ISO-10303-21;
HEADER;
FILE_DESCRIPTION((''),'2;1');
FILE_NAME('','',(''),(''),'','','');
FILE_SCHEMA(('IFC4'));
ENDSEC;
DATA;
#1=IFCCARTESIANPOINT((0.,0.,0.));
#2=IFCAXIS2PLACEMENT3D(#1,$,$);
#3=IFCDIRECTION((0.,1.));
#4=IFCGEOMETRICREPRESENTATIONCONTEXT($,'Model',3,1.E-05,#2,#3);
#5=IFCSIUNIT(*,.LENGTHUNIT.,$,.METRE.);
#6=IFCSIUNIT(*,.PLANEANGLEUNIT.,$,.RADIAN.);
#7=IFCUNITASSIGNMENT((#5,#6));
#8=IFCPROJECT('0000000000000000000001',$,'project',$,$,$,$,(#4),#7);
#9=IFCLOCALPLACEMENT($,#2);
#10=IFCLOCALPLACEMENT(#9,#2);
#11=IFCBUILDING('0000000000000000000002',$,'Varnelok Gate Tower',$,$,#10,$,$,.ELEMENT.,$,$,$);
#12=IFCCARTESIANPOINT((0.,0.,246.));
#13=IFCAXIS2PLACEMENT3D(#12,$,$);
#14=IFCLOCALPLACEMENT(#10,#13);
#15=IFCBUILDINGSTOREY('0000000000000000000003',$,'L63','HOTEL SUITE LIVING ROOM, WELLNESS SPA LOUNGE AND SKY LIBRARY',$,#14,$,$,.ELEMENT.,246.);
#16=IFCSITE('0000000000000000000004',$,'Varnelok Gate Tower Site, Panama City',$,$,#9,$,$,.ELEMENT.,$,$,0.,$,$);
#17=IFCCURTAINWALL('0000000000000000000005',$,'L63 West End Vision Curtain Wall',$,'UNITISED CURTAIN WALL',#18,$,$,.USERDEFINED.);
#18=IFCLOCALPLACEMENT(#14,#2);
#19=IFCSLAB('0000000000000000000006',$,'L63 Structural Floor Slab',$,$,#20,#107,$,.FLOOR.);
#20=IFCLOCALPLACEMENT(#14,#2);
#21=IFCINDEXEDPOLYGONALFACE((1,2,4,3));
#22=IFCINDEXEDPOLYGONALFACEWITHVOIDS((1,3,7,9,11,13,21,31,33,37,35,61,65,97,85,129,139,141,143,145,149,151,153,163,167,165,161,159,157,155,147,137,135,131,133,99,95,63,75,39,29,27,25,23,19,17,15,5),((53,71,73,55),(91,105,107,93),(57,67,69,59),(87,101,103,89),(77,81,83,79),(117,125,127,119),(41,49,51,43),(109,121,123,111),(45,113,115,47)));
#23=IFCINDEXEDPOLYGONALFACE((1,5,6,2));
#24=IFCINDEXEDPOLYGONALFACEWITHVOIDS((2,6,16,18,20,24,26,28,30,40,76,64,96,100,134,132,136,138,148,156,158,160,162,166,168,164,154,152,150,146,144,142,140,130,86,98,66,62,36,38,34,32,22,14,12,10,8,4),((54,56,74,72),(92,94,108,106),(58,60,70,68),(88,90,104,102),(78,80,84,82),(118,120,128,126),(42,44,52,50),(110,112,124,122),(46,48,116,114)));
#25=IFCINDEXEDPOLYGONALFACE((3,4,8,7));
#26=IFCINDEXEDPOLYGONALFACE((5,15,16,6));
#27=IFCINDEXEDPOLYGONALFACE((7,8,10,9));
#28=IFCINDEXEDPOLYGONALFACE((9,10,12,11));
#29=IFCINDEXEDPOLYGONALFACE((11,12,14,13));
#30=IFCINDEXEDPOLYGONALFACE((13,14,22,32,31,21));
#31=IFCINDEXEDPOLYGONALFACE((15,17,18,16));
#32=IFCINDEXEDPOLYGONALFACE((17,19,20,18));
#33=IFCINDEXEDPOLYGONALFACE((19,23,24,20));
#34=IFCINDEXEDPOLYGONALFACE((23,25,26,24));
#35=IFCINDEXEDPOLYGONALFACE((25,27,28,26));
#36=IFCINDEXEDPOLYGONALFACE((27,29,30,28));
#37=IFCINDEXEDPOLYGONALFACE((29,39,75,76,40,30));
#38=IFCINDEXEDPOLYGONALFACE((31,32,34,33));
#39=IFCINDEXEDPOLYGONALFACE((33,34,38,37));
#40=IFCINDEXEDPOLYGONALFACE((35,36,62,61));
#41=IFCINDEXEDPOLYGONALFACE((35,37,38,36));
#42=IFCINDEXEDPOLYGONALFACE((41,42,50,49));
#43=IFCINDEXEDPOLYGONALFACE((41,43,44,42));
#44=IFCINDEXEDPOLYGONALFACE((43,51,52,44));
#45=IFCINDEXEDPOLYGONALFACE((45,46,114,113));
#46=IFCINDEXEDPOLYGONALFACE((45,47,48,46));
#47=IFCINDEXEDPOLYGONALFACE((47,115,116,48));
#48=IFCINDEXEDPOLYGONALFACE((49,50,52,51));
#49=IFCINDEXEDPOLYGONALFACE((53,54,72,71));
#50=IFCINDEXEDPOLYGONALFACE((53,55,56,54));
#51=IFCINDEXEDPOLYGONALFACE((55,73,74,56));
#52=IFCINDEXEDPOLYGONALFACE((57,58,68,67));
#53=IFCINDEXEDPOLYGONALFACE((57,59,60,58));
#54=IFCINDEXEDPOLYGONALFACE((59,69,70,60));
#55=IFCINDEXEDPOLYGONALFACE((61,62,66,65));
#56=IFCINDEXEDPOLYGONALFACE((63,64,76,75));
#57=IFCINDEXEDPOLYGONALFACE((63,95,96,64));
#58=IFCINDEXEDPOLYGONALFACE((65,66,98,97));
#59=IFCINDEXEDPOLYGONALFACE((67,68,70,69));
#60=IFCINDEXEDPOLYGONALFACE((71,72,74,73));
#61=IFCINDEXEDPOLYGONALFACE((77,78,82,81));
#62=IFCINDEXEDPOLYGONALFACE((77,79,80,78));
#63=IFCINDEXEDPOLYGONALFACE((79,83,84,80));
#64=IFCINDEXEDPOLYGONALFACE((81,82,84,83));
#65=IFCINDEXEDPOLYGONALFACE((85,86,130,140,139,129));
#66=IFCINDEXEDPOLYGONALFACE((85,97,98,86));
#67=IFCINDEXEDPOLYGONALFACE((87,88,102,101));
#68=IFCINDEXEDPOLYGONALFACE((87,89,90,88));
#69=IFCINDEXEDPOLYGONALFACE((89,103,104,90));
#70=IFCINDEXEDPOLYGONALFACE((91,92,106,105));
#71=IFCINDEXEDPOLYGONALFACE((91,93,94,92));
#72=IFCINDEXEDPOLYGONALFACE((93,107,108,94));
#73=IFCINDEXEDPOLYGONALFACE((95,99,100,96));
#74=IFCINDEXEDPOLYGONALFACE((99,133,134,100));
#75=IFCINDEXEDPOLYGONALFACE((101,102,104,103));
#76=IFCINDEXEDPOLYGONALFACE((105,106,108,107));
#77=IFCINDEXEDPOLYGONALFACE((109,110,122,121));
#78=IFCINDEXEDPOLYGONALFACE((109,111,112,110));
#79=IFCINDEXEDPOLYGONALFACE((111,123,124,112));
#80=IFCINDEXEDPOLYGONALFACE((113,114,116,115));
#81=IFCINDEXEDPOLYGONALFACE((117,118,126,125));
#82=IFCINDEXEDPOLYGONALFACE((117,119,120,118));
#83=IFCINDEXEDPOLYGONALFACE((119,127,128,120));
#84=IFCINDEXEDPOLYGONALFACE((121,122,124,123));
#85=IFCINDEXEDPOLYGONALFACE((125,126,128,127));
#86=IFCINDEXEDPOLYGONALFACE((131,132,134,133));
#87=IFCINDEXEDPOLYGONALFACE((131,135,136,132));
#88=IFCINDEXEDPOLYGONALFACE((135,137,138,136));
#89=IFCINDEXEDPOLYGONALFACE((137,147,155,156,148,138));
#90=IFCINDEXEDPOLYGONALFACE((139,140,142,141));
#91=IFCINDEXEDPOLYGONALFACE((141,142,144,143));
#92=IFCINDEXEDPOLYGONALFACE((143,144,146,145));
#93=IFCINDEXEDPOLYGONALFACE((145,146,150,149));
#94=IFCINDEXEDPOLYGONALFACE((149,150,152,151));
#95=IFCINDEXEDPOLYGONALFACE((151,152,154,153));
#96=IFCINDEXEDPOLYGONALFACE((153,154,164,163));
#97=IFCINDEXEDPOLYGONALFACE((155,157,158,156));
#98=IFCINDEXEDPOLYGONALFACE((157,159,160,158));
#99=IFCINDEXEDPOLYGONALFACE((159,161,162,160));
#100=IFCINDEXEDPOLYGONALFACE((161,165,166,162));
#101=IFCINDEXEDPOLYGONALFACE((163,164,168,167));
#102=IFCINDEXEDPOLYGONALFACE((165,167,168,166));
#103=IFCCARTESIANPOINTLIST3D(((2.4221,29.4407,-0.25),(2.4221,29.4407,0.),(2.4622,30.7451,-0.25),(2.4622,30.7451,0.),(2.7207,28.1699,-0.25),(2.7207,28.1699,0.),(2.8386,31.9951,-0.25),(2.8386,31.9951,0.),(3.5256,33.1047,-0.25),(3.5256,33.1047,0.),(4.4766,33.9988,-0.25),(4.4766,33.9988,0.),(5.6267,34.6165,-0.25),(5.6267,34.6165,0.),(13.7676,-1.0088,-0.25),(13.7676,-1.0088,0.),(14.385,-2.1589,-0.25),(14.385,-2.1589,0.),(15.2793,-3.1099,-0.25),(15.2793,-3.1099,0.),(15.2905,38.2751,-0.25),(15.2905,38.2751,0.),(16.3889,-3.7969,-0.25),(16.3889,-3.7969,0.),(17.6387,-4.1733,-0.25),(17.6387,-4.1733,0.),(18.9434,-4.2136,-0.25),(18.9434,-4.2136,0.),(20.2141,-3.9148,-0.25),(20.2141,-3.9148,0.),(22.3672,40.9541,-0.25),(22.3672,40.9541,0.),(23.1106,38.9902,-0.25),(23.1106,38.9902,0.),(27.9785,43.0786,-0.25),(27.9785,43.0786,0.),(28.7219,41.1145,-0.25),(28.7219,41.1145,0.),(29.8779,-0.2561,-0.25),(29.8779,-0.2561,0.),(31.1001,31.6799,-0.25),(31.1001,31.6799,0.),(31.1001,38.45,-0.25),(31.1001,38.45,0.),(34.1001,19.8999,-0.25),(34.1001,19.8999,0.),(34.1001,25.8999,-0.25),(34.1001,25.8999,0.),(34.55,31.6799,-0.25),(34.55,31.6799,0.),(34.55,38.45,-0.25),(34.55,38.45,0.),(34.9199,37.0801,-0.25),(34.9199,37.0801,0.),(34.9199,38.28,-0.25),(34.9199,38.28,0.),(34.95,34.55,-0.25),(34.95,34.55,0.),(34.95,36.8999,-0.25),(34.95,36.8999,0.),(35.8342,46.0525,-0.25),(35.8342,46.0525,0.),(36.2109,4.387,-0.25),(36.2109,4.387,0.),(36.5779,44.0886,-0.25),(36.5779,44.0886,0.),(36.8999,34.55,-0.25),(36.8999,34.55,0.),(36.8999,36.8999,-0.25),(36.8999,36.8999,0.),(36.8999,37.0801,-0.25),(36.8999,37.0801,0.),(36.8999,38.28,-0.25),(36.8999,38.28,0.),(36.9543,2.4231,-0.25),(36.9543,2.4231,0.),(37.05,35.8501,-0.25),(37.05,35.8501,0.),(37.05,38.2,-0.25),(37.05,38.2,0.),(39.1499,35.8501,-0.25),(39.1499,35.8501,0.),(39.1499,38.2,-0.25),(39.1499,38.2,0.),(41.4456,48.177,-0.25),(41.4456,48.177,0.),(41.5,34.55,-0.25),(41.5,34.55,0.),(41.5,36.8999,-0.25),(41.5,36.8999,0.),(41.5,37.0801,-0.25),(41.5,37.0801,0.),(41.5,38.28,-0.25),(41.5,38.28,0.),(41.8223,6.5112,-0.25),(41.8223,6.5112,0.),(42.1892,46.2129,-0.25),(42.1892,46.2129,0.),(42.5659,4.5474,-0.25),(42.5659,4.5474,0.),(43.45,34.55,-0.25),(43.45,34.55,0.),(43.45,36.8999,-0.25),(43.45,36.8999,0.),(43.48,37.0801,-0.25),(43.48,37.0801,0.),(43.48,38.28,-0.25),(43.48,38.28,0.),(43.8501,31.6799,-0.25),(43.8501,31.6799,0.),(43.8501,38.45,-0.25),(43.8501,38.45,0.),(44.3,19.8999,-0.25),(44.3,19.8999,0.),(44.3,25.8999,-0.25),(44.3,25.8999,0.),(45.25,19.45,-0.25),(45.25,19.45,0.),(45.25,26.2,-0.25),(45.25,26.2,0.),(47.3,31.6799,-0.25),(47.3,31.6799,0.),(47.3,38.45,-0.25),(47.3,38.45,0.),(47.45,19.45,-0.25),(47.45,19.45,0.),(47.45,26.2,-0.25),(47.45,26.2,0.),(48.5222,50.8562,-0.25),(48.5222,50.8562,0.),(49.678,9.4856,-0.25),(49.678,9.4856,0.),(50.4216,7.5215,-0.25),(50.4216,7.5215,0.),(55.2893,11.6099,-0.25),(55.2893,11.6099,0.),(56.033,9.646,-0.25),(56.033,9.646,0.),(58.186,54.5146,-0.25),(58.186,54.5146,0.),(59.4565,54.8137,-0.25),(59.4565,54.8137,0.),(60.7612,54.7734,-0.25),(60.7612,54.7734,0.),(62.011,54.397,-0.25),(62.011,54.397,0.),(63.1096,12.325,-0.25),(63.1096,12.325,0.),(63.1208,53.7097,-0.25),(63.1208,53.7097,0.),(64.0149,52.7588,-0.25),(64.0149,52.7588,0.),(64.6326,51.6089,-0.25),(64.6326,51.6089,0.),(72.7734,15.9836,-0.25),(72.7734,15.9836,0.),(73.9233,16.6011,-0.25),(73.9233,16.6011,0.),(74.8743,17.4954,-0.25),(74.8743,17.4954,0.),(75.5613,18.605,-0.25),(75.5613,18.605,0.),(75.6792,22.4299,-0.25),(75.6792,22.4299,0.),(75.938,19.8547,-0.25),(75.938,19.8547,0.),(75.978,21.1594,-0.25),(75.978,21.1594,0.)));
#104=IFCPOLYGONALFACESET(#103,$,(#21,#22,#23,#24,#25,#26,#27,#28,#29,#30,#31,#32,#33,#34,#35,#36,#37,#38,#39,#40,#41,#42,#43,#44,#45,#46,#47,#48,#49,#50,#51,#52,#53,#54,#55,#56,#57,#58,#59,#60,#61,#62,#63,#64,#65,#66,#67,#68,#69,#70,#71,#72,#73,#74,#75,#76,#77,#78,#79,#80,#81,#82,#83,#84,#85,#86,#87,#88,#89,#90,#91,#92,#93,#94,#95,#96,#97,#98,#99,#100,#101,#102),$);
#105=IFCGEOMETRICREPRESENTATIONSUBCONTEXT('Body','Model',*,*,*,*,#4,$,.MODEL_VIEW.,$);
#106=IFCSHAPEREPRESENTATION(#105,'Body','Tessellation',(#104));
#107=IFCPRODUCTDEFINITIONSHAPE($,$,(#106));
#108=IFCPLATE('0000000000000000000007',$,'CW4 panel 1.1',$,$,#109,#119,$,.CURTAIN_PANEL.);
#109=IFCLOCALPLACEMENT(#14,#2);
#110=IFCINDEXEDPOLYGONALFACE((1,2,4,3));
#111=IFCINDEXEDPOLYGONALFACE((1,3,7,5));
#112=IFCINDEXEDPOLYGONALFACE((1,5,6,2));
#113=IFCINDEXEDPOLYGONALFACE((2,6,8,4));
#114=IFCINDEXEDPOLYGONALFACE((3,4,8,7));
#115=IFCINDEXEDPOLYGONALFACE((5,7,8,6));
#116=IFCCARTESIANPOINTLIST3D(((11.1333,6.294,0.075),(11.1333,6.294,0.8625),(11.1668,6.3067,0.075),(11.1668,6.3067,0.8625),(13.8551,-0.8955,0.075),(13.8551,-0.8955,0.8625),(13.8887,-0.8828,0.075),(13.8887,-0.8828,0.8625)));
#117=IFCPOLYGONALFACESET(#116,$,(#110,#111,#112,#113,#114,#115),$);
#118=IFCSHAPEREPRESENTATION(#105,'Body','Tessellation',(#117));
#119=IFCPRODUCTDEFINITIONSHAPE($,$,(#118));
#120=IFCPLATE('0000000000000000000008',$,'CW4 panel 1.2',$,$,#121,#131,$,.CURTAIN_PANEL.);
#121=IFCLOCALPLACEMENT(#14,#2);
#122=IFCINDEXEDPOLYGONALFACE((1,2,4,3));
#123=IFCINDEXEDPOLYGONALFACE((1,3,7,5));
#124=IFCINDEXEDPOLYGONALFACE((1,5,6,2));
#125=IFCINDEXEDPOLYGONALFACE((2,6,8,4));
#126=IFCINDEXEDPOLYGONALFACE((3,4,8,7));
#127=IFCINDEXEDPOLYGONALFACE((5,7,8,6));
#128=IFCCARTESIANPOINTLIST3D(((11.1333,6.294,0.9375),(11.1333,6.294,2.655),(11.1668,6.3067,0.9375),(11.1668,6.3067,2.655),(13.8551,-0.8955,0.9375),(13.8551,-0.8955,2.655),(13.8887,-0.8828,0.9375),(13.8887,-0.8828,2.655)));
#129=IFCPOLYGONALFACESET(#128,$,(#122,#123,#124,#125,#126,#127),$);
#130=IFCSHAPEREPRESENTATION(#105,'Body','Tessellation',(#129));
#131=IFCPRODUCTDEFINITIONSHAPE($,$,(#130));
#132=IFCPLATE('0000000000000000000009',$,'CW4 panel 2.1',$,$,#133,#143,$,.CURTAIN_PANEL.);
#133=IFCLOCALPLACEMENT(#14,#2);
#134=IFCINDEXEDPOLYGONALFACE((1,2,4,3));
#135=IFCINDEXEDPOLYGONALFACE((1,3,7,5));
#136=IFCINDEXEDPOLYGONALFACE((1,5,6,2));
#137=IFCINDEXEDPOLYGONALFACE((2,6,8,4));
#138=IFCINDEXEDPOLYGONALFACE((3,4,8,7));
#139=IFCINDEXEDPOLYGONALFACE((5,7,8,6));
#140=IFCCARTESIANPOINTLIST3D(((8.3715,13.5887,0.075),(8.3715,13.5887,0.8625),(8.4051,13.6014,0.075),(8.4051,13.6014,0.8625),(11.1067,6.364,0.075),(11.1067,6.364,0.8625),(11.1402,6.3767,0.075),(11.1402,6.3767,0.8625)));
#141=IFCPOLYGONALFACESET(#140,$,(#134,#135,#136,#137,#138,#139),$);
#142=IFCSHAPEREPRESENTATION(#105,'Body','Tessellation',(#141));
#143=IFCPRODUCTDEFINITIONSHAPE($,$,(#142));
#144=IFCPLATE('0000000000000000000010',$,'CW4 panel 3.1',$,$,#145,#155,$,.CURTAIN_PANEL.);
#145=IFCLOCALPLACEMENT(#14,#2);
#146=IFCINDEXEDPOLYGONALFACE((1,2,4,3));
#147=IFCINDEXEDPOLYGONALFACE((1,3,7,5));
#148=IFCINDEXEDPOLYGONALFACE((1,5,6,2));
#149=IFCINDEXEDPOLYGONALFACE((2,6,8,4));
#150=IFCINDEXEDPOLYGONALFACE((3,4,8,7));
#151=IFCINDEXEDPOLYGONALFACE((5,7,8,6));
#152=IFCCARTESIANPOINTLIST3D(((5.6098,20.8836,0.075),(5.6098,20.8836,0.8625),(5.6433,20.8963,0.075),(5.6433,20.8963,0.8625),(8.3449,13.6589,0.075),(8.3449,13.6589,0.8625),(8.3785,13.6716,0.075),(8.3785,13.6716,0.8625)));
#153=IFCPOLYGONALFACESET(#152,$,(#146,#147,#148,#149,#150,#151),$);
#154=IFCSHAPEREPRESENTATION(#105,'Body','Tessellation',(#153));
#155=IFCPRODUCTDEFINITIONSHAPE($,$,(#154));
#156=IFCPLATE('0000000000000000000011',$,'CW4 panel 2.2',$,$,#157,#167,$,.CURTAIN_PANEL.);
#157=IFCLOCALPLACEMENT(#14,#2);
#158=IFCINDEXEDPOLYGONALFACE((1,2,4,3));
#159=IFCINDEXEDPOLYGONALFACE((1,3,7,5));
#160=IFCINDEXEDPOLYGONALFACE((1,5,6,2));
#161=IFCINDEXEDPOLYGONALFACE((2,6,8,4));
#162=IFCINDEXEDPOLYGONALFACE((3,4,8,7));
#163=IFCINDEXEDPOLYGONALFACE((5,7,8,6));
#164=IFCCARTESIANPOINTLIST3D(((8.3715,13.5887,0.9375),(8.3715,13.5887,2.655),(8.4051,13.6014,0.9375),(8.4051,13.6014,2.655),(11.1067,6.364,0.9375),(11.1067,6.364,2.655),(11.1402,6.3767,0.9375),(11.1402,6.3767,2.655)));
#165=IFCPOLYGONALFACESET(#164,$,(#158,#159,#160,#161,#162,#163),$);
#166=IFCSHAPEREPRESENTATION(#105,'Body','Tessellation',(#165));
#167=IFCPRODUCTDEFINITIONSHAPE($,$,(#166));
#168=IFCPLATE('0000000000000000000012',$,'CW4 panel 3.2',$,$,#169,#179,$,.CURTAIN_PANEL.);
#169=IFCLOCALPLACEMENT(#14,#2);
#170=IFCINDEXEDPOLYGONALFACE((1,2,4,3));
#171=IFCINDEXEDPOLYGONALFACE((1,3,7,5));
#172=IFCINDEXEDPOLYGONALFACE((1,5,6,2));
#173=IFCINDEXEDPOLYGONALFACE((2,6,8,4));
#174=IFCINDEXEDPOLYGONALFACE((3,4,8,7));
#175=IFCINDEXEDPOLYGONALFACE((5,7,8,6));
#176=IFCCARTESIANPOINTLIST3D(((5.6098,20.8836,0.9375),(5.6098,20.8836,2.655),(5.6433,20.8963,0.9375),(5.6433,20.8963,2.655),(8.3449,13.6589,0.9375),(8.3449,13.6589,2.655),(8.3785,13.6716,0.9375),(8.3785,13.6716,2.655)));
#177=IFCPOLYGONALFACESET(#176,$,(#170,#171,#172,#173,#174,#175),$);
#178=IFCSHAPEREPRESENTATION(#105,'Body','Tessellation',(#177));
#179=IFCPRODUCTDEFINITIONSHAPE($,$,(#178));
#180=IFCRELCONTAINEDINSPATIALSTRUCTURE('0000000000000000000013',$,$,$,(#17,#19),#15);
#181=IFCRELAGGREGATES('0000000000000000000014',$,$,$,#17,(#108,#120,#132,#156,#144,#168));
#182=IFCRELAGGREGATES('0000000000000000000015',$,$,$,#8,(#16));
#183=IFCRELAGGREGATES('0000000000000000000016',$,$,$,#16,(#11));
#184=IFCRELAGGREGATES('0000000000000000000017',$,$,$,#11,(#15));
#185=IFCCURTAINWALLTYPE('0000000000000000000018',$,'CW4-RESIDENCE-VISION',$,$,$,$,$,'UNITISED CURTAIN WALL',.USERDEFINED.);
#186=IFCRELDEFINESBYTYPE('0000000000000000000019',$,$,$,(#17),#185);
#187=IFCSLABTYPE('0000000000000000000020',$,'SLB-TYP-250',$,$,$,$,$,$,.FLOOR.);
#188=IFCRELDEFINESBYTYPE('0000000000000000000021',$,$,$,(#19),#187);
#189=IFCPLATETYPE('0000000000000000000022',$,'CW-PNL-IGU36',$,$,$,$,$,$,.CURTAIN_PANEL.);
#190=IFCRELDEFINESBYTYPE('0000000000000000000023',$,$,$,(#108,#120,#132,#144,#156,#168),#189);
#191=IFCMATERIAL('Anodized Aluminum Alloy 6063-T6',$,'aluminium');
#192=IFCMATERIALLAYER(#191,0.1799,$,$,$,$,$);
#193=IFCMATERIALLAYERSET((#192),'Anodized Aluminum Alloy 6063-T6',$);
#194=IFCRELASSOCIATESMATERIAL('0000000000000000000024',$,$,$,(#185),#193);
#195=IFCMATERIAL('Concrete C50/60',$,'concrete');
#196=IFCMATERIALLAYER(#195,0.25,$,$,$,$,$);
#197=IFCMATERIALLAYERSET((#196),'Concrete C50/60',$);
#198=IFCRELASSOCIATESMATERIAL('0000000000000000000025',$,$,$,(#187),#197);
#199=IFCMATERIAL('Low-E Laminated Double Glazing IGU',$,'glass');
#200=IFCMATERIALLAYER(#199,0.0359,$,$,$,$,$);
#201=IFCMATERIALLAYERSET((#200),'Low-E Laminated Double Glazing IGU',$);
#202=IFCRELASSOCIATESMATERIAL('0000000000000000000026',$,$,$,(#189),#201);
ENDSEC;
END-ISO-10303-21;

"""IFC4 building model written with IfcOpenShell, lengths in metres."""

from ifc_helpers import new_model, si_unit, direction, frame, origin, origin_2d, place, context, subcontext, project, spatial, polyline, rectangle, outline, extrude, source, transform, mapped, material, layer, layer_set, type_object, element, aggregate, save


model = new_model("IFC4")

# Units and contexts
model_context = context("Model", 3, precision=1e-05, world=origin(), true_north=direction((0.0, 1.0)))
body_context = subcontext(model_context, "Body", "Model", "MODEL_VIEW")
ifc_project = project(units=[si_unit("LENGTHUNIT", "METRE"), si_unit("PLANEANGLEUNIT", "RADIAN")], contexts=[model_context])

# Site, building, storey
site_placement = place(None, origin())
site = spatial("IfcSite", under=ifc_project, at=site_placement, Name="Varnelok Gate Tower Site, Panama City", CompositionType="ELEMENT", RefElevation=0.0)
building_placement = place(site_placement, origin())
building = spatial("IfcBuilding", under=site, at=building_placement, Name="Varnelok Gate Tower", CompositionType="ELEMENT")
storey_placement = place(building_placement, frame((0.0, 0.0, 246.0)))
storey = spatial("IfcBuildingStorey", under=building, at=storey_placement, Name="L63", Description="HOTEL SUITE LIVING ROOM, WELLNESS SPA LOUNGE AND SKY LIBRARY", CompositionType="ELEMENT", Elevation=246.0)

# Curtain wall
ifc_material_1 = material(Name="Anodized Aluminum Alloy 6063-T6", Category="aluminium")
ifc_layer_1 = layer(ifc_material_1, 0.1799)
ifc_layer_set_1 = layer_set([ifc_layer_1], Name="Anodized Aluminum Alloy 6063-T6")
curtain_wall_type = type_object("IfcCurtainWallType", Name="CW4-RESIDENCE-VISION", ElementType="UNITISED CURTAIN WALL", PredefinedType="USERDEFINED", material=ifc_layer_set_1)
curtain_wall_placement = place(storey_placement, origin())
curtain_wall = element("IfcCurtainWall", 1, at=curtain_wall_placement, inside=storey, type_object=curtain_wall_type, Name="L63 West End Vision Curtain Wall", ObjectType="UNITISED CURTAIN WALL", PredefinedType="USERDEFINED")

# Shared definitions
ifc_material_2 = material(Name="Concrete C50/60", Category="concrete")

# Slab
ifc_layer_2 = layer(ifc_material_2, 0.25)
ifc_layer_set_2 = layer_set([ifc_layer_2], Name="Concrete C50/60")
slab_type_1 = type_object("IfcSlabType", Name="SLB-TYP-250", PredefinedType="FLOOR", material=ifc_layer_set_2)
slab_1_placement = place(storey_placement, frame((0.0, 0.0, -0.25)))
element("IfcSlab", 2, at=slab_1_placement, inside=storey, type_object=slab_type_1, Name="L63 Structural Floor Slab", PredefinedType="FLOOR", context=body_context, shape_type="SweptSolid", body=[
    extrude(outline(polyline([(13.7676, -1.0088), (14.385, -2.1589), (15.2793, -3.1099), (16.3889, -3.7969), (17.6387, -4.1733), (18.9434, -4.2136), (20.2141, -3.9148), (29.8779, -0.2561), (36.9543, 2.4231), (36.2109, 4.387), (41.8223, 6.5112), (42.5659, 4.5474), (50.4216, 7.5215), (49.678, 9.4856), (55.2893, 11.6099), (56.033, 9.646), (63.1096, 12.325), (72.7734, 15.9836), (73.9233, 16.6011), (74.8743, 17.4954), (75.5613, 18.605), (75.938, 19.8547), (75.978, 21.1594), (75.6792, 22.4299), (64.6326, 51.6089), (64.0149, 52.7588), (63.1208, 53.7097), (62.011, 54.397), (60.7612, 54.7734), (59.4565, 54.8137), (58.186, 54.5146), (48.5222, 50.8562), (41.4456, 48.177), (42.1892, 46.2129), (36.5779, 44.0886), (35.8342, 46.0525), (27.9785, 43.0786), (28.7219, 41.1145), (23.1106, 38.9902), (22.3672, 40.9541), (15.2905, 38.2751), (5.6267, 34.6165), (4.4766, 33.9988), (3.5256, 33.1047), (2.8386, 31.9951), (2.4622, 30.7451), (2.4221, 29.4407), (2.7207, 28.1699), (13.7676, -1.0088)]), holes=[polyline([(34.55, 31.6799), (34.55, 38.45), (31.1001, 38.45), (31.1001, 31.6799), (34.55, 31.6799)]), polyline([(47.3, 31.6799), (47.3, 38.45), (43.8501, 38.45), (43.8501, 31.6799), (47.3, 31.6799)]), polyline([(34.95, 34.55), (36.8999, 34.55), (36.8999, 36.8999), (34.95, 36.8999), (34.95, 34.55)]), polyline([(41.5, 34.55), (43.45, 34.55), (43.45, 36.8999), (41.5, 36.8999), (41.5, 34.55)]), polyline([(37.05, 35.8501), (39.1499, 35.8501), (39.1499, 38.2), (37.05, 38.2), (37.05, 35.8501)]), polyline([(45.25, 19.45), (47.45, 19.45), (47.45, 26.2), (45.25, 26.2), (45.25, 19.45)]), polyline([(34.9199, 37.0801), (36.8999, 37.0801), (36.8999, 38.28), (34.9199, 38.28), (34.9199, 37.0801)]), polyline([(41.5, 37.0801), (43.48, 37.0801), (43.48, 38.28), (41.5, 38.28), (41.5, 37.0801)]), polyline([(34.1001, 19.8999), (44.3, 19.8999), (44.3, 25.8999), (34.1001, 25.8999), (34.1001, 19.8999)])]), origin(), (0.0, 0.0, 1.0), 0.25),
])

# Plates
ifc_material_3 = material(Name="Low-E Laminated Double Glazing IGU", Category="glass")
ifc_layer_3 = layer(ifc_material_3, 0.0359)
ifc_layer_set_3 = layer_set([ifc_layer_3], Name="Low-E Laminated Double Glazing IGU")
plate_type = type_object("IfcPlateType", Name="CW-PNL-IGU36", PredefinedType="CURTAIN_PANEL", material=ifc_layer_set_3)
shared_shape_1 = source(origin(), body_context, "Body", "SweptSolid", [
    extrude(rectangle(XDim=7.6875, YDim=0.0359, at=origin_2d()), origin(), (0.0, 0.0, 1.0), 0.7876),
])
plate_1_placement = place(storey_placement, frame((12.511, 2.7056, 0.075), z_axis=(0.0, 0.0, 1.0), x_axis=(-0.354063, 0.935222, 0.0)))
plate_1 = element("IfcPlate", 3, at=plate_1_placement, type_object=plate_type, Name="CW4 panel 1.1", PredefinedType="CURTAIN_PANEL", context=body_context, shape_type="MappedRepresentation", body=[
    mapped(shared_shape_1, transform((0.0, 0.0, 0.0), scale=1.0)),
])
shared_shape_2 = source(origin(), body_context, "Body", "SweptSolid", [
    extrude(rectangle(XDim=7.6875, YDim=0.0359, at=origin_2d()), origin(), (0.0, 0.0, 1.0), 1.7175),
])
plate_2_placement = place(storey_placement, frame((12.511, 2.7056, 0.9375), z_axis=(0.0, 0.0, 1.0), x_axis=(-0.354063, 0.935222, 0.0)))
plate_2 = element("IfcPlate", 4, at=plate_2_placement, type_object=plate_type, Name="CW4 panel 1.2", PredefinedType="CURTAIN_PANEL", context=body_context, shape_type="MappedRepresentation", body=[
    mapped(shared_shape_2, transform((0.0, 0.0, 0.0), scale=1.0)),
])
shared_shape_3 = source(origin(), body_context, "Body", "SweptSolid", [
    extrude(rectangle(XDim=7.7251, YDim=0.0359, at=origin_2d()), origin(), (0.0, 0.0, 1.0), 0.7876),
])
plate_3_placement = place(storey_placement, frame((9.7559, 9.9827, 0.075), z_axis=(0.0, 0.0, 1.0), x_axis=(-0.354063, 0.935222, 0.0)))
plate_3 = element("IfcPlate", 5, at=plate_3_placement, type_object=plate_type, Name="CW4 panel 2.1", PredefinedType="CURTAIN_PANEL", context=body_context, shape_type="MappedRepresentation", body=[
    mapped(shared_shape_3, transform((0.0, 0.0, 0.0), scale=1.0)),
])
plate_4_placement = place(storey_placement, frame((6.9941, 17.2776, 0.075), z_axis=(0.0, 0.0, 1.0), x_axis=(-0.354063, 0.935222, 0.0)))
plate_4 = element("IfcPlate", 6, at=plate_4_placement, type_object=plate_type, Name="CW4 panel 3.1", PredefinedType="CURTAIN_PANEL", context=body_context, shape_type="MappedRepresentation", body=[
    mapped(shared_shape_3, transform((0.0, 0.0, 0.0), scale=1.0)),
])
shared_shape_4 = source(origin(), body_context, "Body", "SweptSolid", [
    extrude(rectangle(XDim=7.7251, YDim=0.0359, at=origin_2d()), origin(), (0.0, 0.0, 1.0), 1.7175),
])
plate_5_placement = place(storey_placement, frame((9.7559, 9.9827, 0.9375), z_axis=(0.0, 0.0, 1.0), x_axis=(-0.354063, 0.935222, 0.0)))
plate_5 = element("IfcPlate", 7, at=plate_5_placement, type_object=plate_type, Name="CW4 panel 2.2", PredefinedType="CURTAIN_PANEL", context=body_context, shape_type="MappedRepresentation", body=[
    mapped(shared_shape_4, transform((0.0, 0.0, 0.0), scale=1.0)),
])
plate_6_placement = place(storey_placement, frame((6.9941, 17.2776, 0.9375), z_axis=(0.0, 0.0, 1.0), x_axis=(-0.354063, 0.935222, 0.0)))
plate_6 = element("IfcPlate", 8, at=plate_6_placement, type_object=plate_type, Name="CW4 panel 3.2", PredefinedType="CURTAIN_PANEL", context=body_context, shape_type="MappedRepresentation", body=[
    mapped(shared_shape_4, transform((0.0, 0.0, 0.0), scale=1.0)),
])
aggregate(curtain_wall, [plate_1, plate_2, plate_3, plate_5, plate_4, plate_6])

save(model, "model.ifc")
